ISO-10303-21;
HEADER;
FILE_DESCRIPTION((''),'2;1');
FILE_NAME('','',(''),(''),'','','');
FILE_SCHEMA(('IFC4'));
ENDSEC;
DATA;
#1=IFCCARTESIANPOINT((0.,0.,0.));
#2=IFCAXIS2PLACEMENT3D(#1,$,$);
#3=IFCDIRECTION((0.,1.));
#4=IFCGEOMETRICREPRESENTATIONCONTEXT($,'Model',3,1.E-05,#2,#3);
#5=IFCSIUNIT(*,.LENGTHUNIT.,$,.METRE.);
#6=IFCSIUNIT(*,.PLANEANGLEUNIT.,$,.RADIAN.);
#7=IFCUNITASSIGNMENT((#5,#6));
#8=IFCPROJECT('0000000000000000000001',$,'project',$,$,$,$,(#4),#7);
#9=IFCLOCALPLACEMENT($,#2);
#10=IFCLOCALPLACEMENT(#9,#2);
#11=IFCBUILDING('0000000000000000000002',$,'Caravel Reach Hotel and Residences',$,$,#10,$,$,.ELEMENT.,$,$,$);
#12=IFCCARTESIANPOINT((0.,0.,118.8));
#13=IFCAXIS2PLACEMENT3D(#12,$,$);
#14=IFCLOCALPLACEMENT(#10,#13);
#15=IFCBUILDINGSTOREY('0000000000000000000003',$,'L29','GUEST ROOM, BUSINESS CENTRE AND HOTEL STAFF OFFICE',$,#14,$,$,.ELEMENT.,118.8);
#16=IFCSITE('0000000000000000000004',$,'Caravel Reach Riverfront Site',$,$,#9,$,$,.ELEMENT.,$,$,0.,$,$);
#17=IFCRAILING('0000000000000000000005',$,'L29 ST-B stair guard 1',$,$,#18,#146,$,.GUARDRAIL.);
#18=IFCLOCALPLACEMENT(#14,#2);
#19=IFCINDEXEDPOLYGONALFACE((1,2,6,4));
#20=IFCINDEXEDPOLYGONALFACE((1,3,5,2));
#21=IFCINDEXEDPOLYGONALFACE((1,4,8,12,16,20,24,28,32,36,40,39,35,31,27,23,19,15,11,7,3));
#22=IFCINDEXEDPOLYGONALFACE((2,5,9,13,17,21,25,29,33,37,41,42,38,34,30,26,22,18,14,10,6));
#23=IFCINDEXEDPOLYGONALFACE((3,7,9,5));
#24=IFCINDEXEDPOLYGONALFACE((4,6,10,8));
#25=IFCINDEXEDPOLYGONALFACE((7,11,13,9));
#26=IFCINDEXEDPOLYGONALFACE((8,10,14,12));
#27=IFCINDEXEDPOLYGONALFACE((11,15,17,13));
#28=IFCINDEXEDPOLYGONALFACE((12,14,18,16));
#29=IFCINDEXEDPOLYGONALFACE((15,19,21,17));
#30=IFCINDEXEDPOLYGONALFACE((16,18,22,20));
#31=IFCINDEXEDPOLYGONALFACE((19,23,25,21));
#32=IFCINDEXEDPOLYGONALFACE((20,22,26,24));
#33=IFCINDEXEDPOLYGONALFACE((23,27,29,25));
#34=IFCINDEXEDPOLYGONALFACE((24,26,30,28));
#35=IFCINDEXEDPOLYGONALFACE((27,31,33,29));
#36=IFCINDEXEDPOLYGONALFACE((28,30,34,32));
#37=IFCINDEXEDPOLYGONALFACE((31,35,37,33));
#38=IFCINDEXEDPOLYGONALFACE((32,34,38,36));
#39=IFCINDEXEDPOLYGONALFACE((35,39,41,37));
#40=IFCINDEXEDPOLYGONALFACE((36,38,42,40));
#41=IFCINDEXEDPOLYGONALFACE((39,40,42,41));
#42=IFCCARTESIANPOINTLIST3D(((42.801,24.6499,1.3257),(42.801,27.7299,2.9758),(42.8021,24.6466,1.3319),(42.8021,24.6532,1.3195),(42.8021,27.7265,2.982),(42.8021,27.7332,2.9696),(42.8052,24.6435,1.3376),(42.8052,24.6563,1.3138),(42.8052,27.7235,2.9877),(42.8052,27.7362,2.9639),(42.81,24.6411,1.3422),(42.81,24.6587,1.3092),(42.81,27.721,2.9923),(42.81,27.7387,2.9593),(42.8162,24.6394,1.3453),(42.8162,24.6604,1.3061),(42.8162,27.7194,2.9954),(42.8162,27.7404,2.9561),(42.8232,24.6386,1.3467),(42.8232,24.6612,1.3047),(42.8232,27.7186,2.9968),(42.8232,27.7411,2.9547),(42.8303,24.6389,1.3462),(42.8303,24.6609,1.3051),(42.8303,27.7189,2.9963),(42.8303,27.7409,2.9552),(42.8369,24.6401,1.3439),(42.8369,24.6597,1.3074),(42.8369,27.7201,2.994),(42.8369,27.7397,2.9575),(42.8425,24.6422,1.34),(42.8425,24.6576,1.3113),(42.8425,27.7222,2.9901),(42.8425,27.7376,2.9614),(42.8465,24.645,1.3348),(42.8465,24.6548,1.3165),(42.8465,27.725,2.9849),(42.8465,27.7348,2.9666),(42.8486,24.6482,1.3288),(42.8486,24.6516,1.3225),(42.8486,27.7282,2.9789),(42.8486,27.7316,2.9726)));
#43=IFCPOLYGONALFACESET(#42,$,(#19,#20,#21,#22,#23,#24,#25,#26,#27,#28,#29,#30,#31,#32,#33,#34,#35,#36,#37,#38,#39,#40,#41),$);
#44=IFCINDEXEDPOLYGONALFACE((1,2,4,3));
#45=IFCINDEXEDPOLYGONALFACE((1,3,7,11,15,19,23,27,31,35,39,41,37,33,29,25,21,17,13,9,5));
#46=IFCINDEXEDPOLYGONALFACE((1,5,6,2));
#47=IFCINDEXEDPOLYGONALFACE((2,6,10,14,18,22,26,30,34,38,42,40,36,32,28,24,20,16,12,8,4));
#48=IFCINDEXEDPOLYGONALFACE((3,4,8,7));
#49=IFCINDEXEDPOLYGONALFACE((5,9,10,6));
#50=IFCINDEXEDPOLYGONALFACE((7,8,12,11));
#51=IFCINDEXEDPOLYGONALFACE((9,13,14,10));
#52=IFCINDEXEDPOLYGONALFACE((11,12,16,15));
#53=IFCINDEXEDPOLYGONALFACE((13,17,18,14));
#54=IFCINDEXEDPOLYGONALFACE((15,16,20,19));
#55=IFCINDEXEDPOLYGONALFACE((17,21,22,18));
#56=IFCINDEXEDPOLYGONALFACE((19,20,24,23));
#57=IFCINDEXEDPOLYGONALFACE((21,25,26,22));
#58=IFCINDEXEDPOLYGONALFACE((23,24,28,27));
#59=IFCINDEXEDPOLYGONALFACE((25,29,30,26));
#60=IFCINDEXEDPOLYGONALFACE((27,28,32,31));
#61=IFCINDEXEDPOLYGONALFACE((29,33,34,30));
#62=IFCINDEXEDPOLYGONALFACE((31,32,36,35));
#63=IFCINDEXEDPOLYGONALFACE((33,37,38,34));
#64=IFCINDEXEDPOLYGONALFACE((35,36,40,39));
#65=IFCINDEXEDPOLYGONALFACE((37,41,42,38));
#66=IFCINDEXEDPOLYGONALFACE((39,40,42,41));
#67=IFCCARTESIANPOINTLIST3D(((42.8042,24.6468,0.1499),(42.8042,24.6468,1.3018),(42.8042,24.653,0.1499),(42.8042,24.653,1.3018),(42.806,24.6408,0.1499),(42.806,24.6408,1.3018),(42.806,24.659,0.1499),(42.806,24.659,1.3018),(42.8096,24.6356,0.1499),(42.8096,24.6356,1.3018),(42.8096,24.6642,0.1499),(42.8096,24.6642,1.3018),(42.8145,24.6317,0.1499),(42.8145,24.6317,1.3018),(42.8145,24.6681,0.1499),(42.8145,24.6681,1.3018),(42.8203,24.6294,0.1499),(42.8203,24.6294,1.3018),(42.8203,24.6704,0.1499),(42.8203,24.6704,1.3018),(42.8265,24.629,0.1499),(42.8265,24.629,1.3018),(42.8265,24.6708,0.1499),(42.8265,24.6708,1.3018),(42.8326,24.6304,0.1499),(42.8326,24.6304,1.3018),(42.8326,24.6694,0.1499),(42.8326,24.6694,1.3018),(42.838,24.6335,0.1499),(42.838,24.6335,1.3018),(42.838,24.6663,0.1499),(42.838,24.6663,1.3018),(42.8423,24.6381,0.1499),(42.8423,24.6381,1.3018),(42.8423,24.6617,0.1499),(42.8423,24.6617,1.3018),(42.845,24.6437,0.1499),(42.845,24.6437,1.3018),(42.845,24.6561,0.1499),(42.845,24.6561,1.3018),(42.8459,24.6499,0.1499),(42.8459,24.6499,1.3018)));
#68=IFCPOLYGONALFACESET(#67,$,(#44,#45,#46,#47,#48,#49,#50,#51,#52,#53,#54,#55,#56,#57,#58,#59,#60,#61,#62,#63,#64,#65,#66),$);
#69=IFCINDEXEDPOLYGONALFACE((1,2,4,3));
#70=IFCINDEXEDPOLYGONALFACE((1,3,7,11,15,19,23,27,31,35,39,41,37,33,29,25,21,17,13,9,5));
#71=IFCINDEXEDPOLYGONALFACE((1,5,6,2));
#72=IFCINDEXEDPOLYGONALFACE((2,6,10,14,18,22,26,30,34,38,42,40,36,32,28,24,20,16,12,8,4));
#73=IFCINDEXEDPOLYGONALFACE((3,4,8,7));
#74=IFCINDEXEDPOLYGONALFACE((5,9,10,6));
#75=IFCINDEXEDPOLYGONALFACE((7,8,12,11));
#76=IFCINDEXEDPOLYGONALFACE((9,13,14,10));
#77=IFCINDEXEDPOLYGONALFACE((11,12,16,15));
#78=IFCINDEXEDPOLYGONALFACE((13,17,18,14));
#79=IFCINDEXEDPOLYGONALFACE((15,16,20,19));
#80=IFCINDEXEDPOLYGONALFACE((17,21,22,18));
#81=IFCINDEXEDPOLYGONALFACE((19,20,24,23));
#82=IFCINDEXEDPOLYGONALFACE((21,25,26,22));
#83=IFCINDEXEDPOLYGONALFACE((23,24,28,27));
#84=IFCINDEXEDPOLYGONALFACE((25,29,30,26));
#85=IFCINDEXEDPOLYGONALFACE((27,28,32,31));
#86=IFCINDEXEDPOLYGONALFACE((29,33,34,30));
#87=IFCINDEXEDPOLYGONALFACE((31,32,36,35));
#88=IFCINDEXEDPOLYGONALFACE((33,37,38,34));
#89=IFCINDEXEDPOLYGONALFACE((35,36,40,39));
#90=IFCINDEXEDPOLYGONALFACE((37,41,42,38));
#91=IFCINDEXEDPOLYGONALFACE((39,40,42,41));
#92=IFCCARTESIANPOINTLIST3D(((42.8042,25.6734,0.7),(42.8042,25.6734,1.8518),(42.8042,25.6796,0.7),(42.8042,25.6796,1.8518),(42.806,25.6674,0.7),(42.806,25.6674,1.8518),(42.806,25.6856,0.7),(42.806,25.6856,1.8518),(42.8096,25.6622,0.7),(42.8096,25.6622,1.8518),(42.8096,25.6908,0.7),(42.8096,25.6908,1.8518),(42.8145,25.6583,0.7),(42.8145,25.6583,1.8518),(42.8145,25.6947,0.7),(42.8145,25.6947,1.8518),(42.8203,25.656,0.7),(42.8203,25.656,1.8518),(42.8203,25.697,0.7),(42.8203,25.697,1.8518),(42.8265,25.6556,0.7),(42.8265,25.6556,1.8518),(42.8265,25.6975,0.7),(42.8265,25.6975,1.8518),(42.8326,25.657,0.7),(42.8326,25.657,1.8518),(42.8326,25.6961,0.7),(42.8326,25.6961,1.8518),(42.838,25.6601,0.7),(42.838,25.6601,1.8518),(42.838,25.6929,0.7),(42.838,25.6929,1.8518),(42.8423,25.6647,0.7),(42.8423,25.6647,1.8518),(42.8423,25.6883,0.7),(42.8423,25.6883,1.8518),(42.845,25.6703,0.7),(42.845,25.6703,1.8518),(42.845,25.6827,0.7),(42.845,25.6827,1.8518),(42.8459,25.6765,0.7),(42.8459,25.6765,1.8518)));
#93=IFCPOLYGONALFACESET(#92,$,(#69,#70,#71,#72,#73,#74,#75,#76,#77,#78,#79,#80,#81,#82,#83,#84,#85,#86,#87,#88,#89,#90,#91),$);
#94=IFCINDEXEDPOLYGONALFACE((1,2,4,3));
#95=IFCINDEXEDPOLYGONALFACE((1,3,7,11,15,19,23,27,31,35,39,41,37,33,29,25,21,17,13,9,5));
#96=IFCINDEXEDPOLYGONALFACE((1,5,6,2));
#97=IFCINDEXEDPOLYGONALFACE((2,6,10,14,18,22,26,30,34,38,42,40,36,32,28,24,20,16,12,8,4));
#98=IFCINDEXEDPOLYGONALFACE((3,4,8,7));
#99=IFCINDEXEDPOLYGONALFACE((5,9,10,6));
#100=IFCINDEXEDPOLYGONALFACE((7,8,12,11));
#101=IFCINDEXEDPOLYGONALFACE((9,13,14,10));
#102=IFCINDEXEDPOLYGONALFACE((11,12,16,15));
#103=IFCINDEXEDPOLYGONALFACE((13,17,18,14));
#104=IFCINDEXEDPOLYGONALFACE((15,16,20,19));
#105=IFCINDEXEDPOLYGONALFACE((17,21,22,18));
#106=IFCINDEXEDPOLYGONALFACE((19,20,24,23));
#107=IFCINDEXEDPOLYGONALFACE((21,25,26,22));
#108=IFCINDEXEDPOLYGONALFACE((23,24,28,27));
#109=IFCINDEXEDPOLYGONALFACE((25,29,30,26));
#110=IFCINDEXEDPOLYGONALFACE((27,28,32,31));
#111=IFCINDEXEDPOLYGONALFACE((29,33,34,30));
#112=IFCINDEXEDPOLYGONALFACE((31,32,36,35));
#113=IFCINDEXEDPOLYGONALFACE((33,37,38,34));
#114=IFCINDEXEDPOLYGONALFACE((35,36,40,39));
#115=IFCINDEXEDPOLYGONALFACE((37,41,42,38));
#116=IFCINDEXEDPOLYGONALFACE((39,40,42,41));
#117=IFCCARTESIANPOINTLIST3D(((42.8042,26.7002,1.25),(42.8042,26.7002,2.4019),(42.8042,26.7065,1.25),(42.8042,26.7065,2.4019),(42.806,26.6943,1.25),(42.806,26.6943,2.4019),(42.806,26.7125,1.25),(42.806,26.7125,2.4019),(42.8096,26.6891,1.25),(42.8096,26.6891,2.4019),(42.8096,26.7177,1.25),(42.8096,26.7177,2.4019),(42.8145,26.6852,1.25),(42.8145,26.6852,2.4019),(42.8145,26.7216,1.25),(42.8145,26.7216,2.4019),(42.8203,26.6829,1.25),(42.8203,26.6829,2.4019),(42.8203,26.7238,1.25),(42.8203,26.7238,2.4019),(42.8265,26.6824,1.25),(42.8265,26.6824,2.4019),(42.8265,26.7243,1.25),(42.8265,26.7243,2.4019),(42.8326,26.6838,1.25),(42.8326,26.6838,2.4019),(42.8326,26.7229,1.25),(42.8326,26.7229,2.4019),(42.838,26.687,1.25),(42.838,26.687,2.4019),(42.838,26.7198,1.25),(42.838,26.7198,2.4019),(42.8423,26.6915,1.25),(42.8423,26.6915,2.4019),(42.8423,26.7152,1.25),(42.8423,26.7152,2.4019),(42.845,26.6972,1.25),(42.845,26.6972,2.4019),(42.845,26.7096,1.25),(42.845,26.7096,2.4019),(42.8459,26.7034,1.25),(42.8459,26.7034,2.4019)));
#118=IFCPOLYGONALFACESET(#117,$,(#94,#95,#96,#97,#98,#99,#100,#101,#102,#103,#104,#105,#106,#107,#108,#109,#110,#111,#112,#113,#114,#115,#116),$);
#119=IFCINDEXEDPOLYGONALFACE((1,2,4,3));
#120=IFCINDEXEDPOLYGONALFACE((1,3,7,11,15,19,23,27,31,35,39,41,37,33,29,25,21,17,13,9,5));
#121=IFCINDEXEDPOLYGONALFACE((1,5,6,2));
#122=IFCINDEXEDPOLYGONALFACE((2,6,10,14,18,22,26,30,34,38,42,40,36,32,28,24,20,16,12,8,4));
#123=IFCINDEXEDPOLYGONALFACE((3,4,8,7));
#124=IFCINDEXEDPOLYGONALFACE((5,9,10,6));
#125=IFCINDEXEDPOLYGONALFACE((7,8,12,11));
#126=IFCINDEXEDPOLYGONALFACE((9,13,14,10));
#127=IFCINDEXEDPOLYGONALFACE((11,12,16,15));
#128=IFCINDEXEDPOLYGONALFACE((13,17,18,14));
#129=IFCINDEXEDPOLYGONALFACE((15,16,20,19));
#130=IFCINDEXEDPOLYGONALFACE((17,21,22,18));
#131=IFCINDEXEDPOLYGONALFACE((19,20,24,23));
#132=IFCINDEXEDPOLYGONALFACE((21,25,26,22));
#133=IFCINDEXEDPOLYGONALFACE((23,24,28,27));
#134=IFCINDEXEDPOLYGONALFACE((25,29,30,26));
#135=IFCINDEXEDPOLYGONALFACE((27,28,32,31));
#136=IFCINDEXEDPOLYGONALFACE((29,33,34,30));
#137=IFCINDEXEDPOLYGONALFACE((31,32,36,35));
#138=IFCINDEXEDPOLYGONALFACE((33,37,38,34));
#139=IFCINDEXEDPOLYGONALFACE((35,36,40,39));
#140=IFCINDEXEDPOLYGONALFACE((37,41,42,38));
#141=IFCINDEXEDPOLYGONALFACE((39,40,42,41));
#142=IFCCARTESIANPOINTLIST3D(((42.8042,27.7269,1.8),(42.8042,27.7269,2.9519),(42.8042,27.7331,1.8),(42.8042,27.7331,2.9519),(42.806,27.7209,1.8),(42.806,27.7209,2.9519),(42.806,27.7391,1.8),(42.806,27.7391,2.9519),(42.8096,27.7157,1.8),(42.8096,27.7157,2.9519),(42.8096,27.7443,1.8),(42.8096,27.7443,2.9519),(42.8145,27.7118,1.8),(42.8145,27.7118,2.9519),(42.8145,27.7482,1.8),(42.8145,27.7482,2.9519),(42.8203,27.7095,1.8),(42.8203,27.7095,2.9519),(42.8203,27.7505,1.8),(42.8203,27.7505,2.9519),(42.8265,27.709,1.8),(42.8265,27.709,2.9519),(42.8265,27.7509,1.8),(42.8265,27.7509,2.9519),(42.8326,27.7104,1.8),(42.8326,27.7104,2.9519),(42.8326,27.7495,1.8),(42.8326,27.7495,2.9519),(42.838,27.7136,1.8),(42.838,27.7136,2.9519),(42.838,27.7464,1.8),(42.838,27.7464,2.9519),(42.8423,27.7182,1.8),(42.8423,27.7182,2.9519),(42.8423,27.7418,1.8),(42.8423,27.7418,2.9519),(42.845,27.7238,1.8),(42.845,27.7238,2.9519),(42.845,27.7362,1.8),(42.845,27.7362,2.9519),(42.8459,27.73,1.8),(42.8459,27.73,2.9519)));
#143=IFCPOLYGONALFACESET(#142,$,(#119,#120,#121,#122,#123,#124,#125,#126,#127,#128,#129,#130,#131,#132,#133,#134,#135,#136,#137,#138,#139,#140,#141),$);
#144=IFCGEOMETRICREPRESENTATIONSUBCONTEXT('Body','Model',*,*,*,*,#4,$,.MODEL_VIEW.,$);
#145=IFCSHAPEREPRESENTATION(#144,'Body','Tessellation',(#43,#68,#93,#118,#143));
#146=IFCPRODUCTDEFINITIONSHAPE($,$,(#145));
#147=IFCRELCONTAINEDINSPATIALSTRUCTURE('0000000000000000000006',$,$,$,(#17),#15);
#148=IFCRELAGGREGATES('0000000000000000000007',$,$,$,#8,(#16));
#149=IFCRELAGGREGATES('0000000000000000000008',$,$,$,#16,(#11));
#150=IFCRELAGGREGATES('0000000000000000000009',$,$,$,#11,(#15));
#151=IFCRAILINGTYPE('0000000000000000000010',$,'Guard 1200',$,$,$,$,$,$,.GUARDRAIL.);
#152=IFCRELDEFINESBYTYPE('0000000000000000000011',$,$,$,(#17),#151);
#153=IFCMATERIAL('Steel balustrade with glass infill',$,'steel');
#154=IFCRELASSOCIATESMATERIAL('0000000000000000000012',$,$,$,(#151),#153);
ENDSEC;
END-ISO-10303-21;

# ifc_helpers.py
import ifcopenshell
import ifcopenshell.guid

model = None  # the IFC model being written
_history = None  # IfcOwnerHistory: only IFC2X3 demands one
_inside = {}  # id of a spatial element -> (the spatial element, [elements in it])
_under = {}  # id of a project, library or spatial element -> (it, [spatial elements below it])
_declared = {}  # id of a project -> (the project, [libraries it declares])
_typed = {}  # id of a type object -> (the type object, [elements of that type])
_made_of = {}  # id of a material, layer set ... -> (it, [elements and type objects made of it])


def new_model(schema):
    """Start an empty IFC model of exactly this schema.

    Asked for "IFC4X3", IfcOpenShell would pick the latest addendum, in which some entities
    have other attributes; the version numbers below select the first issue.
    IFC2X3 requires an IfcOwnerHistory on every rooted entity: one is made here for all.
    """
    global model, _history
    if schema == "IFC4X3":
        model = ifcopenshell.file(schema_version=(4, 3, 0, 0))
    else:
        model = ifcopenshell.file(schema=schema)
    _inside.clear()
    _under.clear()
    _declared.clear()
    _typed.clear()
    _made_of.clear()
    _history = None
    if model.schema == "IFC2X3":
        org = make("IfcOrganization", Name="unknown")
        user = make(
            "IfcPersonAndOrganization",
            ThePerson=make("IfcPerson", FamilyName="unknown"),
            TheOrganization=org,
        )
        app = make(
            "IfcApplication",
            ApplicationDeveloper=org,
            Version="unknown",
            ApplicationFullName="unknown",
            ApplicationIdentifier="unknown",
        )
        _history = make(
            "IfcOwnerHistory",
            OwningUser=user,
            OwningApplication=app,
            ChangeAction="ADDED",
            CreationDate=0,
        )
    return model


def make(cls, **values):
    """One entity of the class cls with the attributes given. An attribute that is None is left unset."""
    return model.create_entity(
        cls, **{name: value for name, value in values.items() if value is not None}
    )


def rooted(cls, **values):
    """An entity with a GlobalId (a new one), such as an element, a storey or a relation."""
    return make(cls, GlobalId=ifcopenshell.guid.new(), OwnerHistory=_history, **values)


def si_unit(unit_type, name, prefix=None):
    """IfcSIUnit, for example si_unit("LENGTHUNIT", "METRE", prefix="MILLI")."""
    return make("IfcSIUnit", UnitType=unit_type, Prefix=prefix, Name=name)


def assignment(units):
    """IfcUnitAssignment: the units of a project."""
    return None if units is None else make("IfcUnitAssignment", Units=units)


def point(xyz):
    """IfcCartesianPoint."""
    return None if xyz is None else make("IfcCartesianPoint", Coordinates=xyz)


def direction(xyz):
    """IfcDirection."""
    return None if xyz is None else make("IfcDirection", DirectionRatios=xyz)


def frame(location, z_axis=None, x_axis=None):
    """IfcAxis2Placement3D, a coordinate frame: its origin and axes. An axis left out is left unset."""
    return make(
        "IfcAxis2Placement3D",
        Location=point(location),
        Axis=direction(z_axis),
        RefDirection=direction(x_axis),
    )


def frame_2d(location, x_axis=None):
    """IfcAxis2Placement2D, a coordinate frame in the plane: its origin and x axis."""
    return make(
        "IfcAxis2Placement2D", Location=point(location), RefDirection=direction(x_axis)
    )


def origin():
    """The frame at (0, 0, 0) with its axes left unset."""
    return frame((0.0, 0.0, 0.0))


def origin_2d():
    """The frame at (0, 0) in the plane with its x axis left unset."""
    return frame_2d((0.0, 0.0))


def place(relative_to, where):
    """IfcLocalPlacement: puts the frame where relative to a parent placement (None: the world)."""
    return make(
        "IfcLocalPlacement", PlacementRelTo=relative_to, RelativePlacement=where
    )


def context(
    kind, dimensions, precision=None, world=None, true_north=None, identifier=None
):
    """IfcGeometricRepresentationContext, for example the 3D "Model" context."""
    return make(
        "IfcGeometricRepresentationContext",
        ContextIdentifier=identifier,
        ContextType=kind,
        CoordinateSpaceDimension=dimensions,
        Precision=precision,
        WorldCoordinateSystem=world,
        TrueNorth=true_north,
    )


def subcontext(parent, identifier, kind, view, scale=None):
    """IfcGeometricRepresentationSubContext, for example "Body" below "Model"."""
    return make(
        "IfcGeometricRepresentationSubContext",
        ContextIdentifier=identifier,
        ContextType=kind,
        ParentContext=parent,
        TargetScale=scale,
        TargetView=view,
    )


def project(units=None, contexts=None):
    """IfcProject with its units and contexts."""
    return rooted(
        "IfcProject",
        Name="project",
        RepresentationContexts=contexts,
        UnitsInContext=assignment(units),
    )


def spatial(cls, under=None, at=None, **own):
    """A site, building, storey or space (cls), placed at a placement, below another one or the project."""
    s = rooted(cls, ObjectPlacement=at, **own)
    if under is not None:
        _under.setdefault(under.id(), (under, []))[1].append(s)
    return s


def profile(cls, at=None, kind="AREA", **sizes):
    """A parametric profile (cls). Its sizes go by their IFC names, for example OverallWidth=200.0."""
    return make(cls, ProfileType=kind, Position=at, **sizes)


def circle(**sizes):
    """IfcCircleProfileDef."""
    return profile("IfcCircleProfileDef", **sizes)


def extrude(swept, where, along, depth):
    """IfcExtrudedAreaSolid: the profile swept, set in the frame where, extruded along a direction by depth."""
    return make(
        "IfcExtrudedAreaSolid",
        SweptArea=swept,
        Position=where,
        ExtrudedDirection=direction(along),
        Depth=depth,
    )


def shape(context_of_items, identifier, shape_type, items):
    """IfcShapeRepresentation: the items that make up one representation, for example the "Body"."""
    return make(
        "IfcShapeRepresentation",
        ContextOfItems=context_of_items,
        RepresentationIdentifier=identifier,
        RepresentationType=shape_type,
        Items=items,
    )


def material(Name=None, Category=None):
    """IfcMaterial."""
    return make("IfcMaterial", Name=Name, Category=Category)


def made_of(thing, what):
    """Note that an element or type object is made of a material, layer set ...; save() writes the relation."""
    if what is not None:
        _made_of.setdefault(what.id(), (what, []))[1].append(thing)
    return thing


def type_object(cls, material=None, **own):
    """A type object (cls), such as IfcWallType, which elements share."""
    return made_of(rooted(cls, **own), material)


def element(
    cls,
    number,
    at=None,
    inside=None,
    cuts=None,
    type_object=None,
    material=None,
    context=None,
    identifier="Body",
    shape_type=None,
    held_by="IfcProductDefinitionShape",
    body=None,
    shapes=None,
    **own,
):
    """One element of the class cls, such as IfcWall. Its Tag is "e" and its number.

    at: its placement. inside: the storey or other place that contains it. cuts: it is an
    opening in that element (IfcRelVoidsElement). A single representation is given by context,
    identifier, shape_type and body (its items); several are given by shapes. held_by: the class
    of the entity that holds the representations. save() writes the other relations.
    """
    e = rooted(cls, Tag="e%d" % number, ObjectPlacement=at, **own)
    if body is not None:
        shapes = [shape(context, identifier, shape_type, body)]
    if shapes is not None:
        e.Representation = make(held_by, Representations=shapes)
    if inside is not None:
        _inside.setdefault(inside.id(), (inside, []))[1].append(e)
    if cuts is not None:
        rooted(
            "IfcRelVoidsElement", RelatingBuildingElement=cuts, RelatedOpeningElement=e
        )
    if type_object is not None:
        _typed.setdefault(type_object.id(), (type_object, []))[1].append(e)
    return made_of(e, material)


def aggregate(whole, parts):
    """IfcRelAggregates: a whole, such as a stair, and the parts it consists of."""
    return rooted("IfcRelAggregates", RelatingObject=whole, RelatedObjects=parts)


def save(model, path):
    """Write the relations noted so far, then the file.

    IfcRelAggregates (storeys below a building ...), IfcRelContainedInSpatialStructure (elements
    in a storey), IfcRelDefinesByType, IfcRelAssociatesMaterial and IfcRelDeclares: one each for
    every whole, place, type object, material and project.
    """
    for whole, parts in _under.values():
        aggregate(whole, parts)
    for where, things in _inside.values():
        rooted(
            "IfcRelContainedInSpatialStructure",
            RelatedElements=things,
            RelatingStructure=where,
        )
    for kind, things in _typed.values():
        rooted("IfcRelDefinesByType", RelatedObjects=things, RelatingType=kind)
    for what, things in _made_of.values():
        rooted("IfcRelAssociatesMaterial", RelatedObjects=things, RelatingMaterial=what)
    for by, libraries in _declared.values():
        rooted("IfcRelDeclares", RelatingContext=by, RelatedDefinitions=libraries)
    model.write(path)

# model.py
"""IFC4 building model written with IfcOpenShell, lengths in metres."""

from ifc_helpers import new_model, si_unit, direction, frame, origin, origin_2d, place, context, subcontext, project, spatial, circle, extrude, material, type_object, element, save


model = new_model("IFC4")

# Units and contexts
model_context = context("Model", 3, precision=1e-05, world=origin(), true_north=direction((0.0, 1.0)))
body_context = subcontext(model_context, "Body", "Model", "MODEL_VIEW")
ifc_project = project(units=[si_unit("LENGTHUNIT", "METRE"), si_unit("PLANEANGLEUNIT", "RADIAN")], contexts=[model_context])

# Site, building, storey
site_placement = place(None, origin())
site = spatial("IfcSite", under=ifc_project, at=site_placement, Name="Caravel Reach Riverfront Site", CompositionType="ELEMENT", RefElevation=0.0)
building_placement = place(site_placement, origin())
building = spatial("IfcBuilding", under=site, at=building_placement, Name="Caravel Reach Hotel and Residences", CompositionType="ELEMENT")
storey_placement = place(building_placement, frame((0.0, 0.0, 118.8)))
storey = spatial("IfcBuildingStorey", under=building, at=storey_placement, Name="L29", Description="GUEST ROOM, BUSINESS CENTRE AND HOTEL STAFF OFFICE", CompositionType="ELEMENT", Elevation=118.8)

# Railing
ifc_material_1 = material(Name="Steel balustrade with glass infill", Category="steel")
railing_type_1 = type_object("IfcRailingType", Name="Guard 1200", PredefinedType="GUARDRAIL", material=ifc_material_1)
railing_1_placement = place(storey_placement, frame((42.825, 24.6499, 0.1499)))
element("IfcRailing", 1, at=railing_1_placement, inside=storey, type_object=railing_type_1, Name="L29 ST-B stair guard 1", PredefinedType="GUARDRAIL", context=body_context, shape_type="SweptSolid", body=[
    extrude(circle(Radius=0.0239, at=origin_2d()), frame((0.0, 0.0, 1.1758), z_axis=(0.0, 0.881468, 0.472245), x_axis=(-1.0, 0.0, 0.0)), (0.0, 0.0, 1.0), 3.4941),
    extrude(circle(Radius=0.021, at=origin_2d()), origin(), (0.0, 0.0, 1.0), 1.1519),
    extrude(circle(Radius=0.021, at=origin_2d()), frame((0.0, 1.0266, 0.55)), (0.0, 0.0, 1.0), 1.1519),
    extrude(circle(Radius=0.021, at=origin_2d()), frame((0.0, 2.0535, 1.1001)), (0.0, 0.0, 1.0), 1.1519),
    extrude(circle(Radius=0.021, at=origin_2d()), frame((0.0, 3.0801, 1.6501)), (0.0, 0.0, 1.0), 1.1519),
])

save(model, "model.ifc")
